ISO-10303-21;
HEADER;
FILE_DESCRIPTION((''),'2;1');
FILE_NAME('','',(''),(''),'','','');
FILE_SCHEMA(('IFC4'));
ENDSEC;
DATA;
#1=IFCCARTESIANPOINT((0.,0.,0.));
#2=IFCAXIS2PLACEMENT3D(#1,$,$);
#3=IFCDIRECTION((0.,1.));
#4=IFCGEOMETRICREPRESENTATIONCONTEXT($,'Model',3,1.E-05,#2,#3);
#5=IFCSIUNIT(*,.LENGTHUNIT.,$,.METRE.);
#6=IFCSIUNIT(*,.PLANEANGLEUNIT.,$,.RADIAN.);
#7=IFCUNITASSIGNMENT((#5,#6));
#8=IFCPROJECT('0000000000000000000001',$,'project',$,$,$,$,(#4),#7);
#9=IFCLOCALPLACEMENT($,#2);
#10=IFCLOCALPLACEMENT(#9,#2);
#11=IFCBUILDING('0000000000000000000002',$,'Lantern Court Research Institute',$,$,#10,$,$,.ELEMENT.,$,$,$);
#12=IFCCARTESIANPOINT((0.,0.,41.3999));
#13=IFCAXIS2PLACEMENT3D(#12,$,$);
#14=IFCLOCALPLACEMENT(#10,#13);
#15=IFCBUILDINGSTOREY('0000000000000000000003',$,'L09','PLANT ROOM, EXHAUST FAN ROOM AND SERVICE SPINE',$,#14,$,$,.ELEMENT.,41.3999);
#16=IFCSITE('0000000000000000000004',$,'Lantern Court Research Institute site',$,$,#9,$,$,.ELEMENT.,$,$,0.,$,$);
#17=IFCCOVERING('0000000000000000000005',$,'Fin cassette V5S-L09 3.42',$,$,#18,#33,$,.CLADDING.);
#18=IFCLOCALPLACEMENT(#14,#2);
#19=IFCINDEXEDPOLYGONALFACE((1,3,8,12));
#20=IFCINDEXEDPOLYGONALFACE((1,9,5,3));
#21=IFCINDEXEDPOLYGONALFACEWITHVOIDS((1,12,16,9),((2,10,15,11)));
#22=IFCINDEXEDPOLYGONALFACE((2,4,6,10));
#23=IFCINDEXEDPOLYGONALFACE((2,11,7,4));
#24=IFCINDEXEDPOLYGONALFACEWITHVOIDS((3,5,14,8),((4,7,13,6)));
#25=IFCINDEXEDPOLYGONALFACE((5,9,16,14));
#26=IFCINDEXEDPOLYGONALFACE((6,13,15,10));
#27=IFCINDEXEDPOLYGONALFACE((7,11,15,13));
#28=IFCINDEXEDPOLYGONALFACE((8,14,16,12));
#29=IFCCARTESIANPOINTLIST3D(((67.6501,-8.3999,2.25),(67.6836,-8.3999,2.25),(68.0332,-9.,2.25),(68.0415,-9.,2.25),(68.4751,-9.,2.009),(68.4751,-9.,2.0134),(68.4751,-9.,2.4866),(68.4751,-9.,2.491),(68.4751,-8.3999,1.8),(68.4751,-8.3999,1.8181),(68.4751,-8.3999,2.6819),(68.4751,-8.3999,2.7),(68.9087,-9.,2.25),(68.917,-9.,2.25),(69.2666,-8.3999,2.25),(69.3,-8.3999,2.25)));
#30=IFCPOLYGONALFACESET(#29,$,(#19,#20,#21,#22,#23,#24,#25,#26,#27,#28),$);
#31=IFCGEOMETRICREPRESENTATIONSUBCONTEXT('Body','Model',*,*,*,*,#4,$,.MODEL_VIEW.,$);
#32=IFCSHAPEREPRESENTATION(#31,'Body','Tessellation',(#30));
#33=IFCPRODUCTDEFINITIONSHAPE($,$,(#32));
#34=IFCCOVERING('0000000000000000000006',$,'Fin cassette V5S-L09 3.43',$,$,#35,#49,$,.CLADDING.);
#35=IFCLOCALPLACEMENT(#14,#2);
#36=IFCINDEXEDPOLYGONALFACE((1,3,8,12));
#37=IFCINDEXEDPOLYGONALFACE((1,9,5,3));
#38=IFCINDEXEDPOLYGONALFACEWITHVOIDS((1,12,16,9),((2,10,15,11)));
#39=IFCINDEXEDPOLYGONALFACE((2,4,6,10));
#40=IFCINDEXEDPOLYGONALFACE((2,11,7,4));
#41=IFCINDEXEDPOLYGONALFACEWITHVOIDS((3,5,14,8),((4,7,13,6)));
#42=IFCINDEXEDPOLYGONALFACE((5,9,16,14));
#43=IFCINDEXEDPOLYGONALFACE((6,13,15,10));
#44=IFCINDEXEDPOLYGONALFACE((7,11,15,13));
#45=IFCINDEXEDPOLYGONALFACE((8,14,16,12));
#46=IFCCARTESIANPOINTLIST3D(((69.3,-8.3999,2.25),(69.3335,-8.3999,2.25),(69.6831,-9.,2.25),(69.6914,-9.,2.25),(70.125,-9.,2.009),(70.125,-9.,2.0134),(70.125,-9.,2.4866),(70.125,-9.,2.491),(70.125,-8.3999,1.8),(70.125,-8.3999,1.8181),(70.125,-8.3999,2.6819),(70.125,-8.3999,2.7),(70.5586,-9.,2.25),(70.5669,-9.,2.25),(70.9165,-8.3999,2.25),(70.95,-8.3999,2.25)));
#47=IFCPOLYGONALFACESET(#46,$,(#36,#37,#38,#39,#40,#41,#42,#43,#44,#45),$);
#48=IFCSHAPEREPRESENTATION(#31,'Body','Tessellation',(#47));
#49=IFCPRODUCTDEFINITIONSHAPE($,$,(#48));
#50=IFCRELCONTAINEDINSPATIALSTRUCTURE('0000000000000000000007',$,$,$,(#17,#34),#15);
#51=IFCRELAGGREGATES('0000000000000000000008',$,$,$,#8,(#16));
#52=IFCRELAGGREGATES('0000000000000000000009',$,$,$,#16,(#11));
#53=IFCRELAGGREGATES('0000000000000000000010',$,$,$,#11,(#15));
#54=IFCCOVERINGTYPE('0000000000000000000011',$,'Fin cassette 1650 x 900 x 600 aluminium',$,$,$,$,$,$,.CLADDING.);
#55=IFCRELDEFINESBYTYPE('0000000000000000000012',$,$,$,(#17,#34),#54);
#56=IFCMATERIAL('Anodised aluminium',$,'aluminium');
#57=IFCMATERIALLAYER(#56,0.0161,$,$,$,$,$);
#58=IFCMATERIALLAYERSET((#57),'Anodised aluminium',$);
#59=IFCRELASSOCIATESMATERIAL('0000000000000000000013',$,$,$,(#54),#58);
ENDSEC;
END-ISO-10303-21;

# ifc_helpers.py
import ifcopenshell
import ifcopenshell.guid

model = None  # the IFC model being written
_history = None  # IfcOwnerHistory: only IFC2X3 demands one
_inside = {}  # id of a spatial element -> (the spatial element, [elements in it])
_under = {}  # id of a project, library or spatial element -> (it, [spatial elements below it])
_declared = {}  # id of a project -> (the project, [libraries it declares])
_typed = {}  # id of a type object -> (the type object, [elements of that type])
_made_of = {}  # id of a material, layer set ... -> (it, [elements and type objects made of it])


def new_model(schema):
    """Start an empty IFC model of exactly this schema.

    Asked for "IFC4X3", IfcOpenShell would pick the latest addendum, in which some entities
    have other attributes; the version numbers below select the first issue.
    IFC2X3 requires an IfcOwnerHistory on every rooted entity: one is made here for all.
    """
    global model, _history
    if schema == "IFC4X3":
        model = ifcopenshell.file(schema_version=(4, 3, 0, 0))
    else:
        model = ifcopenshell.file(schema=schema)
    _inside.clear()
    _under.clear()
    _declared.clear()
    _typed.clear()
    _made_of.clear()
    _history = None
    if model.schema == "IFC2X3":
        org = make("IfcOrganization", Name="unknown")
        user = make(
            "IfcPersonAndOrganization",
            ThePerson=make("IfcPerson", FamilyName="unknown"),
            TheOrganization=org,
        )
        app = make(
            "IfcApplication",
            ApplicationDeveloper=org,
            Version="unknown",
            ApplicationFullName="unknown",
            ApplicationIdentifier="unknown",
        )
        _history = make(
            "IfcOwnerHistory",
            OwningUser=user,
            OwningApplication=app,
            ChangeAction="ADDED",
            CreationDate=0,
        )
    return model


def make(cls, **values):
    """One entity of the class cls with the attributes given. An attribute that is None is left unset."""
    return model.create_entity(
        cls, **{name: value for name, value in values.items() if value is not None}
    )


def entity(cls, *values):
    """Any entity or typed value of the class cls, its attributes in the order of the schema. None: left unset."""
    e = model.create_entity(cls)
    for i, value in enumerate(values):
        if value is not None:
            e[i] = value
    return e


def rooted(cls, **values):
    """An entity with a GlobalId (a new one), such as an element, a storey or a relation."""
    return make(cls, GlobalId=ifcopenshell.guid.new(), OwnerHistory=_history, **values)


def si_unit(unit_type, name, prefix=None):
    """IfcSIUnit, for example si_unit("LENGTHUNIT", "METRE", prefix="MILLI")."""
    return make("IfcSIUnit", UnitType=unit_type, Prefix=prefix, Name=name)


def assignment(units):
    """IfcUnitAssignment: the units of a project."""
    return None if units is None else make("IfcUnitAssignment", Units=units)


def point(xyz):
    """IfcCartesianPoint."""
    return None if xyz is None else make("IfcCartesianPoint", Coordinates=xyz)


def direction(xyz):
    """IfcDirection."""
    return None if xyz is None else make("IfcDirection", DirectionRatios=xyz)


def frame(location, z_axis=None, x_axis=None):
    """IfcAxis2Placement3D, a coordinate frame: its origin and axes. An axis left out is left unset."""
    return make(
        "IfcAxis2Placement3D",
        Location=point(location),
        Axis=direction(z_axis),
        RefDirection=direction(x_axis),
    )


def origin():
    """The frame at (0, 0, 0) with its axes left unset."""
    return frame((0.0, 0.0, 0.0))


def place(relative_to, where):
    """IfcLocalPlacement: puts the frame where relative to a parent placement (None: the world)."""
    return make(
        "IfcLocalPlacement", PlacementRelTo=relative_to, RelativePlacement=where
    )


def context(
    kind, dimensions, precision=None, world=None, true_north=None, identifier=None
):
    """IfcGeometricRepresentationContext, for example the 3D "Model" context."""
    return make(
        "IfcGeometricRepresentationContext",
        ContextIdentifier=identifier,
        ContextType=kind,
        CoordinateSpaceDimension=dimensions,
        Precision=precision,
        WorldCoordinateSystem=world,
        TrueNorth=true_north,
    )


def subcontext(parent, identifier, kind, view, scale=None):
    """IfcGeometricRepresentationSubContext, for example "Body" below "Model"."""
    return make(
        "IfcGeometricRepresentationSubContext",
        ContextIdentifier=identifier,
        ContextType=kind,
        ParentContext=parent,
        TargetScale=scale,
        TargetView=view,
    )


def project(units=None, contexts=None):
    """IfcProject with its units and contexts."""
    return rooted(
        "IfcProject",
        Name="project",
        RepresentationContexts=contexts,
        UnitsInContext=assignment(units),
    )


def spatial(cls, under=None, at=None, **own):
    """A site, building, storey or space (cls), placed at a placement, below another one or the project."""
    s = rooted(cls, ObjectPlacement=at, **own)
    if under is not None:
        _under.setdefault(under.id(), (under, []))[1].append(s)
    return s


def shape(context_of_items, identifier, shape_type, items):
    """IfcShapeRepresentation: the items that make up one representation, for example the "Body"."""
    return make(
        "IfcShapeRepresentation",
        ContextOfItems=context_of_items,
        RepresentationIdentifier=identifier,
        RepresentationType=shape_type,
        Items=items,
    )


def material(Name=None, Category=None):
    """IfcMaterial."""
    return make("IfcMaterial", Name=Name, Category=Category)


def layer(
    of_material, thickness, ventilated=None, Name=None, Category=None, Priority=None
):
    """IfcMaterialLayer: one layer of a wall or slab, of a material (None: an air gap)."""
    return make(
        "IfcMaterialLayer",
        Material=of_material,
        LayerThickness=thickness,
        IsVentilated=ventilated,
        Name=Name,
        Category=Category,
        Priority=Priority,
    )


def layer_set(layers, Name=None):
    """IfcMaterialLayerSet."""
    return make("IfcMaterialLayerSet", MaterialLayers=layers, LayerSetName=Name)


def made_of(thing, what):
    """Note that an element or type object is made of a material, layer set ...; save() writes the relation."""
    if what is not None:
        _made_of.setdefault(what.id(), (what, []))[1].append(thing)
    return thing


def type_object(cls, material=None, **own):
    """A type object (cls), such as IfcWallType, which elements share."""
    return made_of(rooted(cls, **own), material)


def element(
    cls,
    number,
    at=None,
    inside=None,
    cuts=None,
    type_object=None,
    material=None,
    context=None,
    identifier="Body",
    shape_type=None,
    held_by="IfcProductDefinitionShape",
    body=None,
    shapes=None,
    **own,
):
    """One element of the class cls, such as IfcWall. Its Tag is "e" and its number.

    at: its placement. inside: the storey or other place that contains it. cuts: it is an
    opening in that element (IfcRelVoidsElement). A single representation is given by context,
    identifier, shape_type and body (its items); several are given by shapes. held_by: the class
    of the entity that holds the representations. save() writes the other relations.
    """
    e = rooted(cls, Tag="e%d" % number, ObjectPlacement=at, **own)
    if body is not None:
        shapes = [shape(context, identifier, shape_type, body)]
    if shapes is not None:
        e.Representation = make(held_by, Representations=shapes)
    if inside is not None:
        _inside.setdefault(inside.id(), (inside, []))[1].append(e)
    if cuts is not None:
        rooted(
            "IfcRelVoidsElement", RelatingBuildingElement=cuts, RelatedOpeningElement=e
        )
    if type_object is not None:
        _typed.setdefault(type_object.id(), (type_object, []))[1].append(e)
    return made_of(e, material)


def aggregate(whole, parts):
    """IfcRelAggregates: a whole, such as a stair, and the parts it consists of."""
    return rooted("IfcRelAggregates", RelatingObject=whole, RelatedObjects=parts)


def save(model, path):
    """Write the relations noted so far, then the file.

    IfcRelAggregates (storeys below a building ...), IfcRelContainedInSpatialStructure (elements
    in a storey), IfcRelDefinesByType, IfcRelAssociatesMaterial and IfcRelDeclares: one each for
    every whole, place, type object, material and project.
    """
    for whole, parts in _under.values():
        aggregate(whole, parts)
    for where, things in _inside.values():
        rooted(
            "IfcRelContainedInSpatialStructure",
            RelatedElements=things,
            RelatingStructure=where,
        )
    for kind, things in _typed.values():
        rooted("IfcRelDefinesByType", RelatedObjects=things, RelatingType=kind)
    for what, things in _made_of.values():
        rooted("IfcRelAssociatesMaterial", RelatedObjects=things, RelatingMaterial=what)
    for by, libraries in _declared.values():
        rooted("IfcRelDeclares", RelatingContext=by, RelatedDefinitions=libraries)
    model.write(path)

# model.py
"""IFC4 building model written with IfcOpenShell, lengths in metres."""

from ifc_helpers import new_model, entity, si_unit, direction, frame, origin, place, context, subcontext, project, spatial, material, layer, layer_set, type_object, element, save


model = new_model("IFC4")

# Units and contexts
model_context = context("Model", 3, precision=1e-05, world=origin(), true_north=direction((0.0, 1.0)))
body_context = subcontext(model_context, "Body", "Model", "MODEL_VIEW")
ifc_project = project(units=[si_unit("LENGTHUNIT", "METRE"), si_unit("PLANEANGLEUNIT", "RADIAN")], contexts=[model_context])

# Site, building, storey
site_placement = place(None, origin())
site = spatial("IfcSite", under=ifc_project, at=site_placement, Name="Lantern Court Research Institute site", CompositionType="ELEMENT", RefElevation=0.0)
building_placement = place(site_placement, origin())
building = spatial("IfcBuilding", under=site, at=building_placement, Name="Lantern Court Research Institute", CompositionType="ELEMENT")
storey_placement = place(building_placement, frame((0.0, 0.0, 41.3999)))
storey = spatial("IfcBuildingStorey", under=building, at=storey_placement, Name="L09", Description="PLANT ROOM, EXHAUST FAN ROOM AND SERVICE SPINE", CompositionType="ELEMENT", Elevation=41.3999)

# Coverings
ifc_material_1 = material(Name="Anodised aluminium", Category="aluminium")
ifc_layer_1 = layer(ifc_material_1, 0.0161)
ifc_layer_set_1 = layer_set([ifc_layer_1], Name="Anodised aluminium")
covering_type = type_object("IfcCoveringType", Name="Fin cassette 1650 x 900 x 600 aluminium", PredefinedType="CLADDING", material=ifc_layer_set_1)
covering_1_placement = place(storey_placement, frame((68.4751, -8.3999, 2.25), z_axis=(0.0, -1.0, 0.0), x_axis=(1.0, 0.0, 0.0)))
cartesian_point_1 = entity("IfcCartesianPoint", [0.825, 0.0])
cartesian_point_2 = entity("IfcCartesianPoint", [0.7915, 0.0])
cartesian_point_3 = entity("IfcCartesianPoint", [0.4419, 0.0])
cartesian_point_4 = entity("IfcCartesianPoint", [0.4336, 0.0])
element("IfcCovering", 1, at=covering_1_placement, inside=storey, type_object=covering_type, Name="Fin cassette V5S-L09 3.42", PredefinedType="CLADDING", context=body_context, shape_type="SweptSolid", body=[
    entity("IfcExtrudedAreaSolidTapered", entity("IfcArbitraryProfileDefWithVoids", "AREA", None, entity("IfcPolyline", [cartesian_point_1, entity("IfcCartesianPoint", [0.0, 0.45]), entity("IfcCartesianPoint", [-0.825, 0.0]), entity("IfcCartesianPoint", [0.0, -0.45]), cartesian_point_1]), [entity("IfcPolyline", [cartesian_point_2, entity("IfcCartesianPoint", [0.0, 0.4319]), entity("IfcCartesianPoint", [-0.7915, 0.0]), entity("IfcCartesianPoint", [0.0, -0.4319]), cartesian_point_2])]), entity("IfcAxis2Placement3D", entity("IfcCartesianPoint", [0.0, 0.0, 0.0])), entity("IfcDirection", [0.0, 0.0, 1.0]), 0.6001, entity("IfcArbitraryProfileDefWithVoids", "AREA", None, entity("IfcPolyline", [cartesian_point_3, entity("IfcCartesianPoint", [0.0, 0.241]), entity("IfcCartesianPoint", [-0.4419, 0.0]), entity("IfcCartesianPoint", [0.0, -0.241]), cartesian_point_3]), [entity("IfcPolyline", [cartesian_point_4, entity("IfcCartesianPoint", [0.0, 0.2366]), entity("IfcCartesianPoint", [-0.4336, 0.0]), entity("IfcCartesianPoint", [0.0, -0.2366]), cartesian_point_4])])),
])
covering_2_placement = place(storey_placement, frame((70.125, -8.3999, 2.25), z_axis=(0.0, -1.0, 0.0), x_axis=(1.0, 0.0, 0.0)))
cartesian_point_5 = entity("IfcCartesianPoint", [0.825, 0.0])
cartesian_point_6 = entity("IfcCartesianPoint", [0.7915, 0.0])
cartesian_point_7 = entity("IfcCartesianPoint", [0.4419, 0.0])
cartesian_point_8 = entity("IfcCartesianPoint", [0.4336, 0.0])
element("IfcCovering", 2, at=covering_2_placement, inside=storey, type_object=covering_type, Name="Fin cassette V5S-L09 3.43", PredefinedType="CLADDING", context=body_context, shape_type="SweptSolid", body=[
    entity("IfcExtrudedAreaSolidTapered", entity("IfcArbitraryProfileDefWithVoids", "AREA", None, entity("IfcPolyline", [cartesian_point_5, entity("IfcCartesianPoint", [0.0, 0.45]), entity("IfcCartesianPoint", [-0.825, 0.0]), entity("IfcCartesianPoint", [0.0, -0.45]), cartesian_point_5]), [entity("IfcPolyline", [cartesian_point_6, entity("IfcCartesianPoint", [0.0, 0.4319]), entity("IfcCartesianPoint", [-0.7915, 0.0]), entity("IfcCartesianPoint", [0.0, -0.4319]), cartesian_point_6])]), entity("IfcAxis2Placement3D", entity("IfcCartesianPoint", [0.0, 0.0, 0.0])), entity("IfcDirection", [0.0, 0.0, 1.0]), 0.6001, entity("IfcArbitraryProfileDefWithVoids", "AREA", None, entity("IfcPolyline", [cartesian_point_7, entity("IfcCartesianPoint", [0.0, 0.241]), entity("IfcCartesianPoint", [-0.4419, 0.0]), entity("IfcCartesianPoint", [0.0, -0.241]), cartesian_point_7]), [entity("IfcPolyline", [cartesian_point_8, entity("IfcCartesianPoint", [0.0, 0.2366]), entity("IfcCartesianPoint", [-0.4336, 0.0]), entity("IfcCartesianPoint", [0.0, -0.2366]), cartesian_point_8])])),
])

save(model, "model.ifc")
